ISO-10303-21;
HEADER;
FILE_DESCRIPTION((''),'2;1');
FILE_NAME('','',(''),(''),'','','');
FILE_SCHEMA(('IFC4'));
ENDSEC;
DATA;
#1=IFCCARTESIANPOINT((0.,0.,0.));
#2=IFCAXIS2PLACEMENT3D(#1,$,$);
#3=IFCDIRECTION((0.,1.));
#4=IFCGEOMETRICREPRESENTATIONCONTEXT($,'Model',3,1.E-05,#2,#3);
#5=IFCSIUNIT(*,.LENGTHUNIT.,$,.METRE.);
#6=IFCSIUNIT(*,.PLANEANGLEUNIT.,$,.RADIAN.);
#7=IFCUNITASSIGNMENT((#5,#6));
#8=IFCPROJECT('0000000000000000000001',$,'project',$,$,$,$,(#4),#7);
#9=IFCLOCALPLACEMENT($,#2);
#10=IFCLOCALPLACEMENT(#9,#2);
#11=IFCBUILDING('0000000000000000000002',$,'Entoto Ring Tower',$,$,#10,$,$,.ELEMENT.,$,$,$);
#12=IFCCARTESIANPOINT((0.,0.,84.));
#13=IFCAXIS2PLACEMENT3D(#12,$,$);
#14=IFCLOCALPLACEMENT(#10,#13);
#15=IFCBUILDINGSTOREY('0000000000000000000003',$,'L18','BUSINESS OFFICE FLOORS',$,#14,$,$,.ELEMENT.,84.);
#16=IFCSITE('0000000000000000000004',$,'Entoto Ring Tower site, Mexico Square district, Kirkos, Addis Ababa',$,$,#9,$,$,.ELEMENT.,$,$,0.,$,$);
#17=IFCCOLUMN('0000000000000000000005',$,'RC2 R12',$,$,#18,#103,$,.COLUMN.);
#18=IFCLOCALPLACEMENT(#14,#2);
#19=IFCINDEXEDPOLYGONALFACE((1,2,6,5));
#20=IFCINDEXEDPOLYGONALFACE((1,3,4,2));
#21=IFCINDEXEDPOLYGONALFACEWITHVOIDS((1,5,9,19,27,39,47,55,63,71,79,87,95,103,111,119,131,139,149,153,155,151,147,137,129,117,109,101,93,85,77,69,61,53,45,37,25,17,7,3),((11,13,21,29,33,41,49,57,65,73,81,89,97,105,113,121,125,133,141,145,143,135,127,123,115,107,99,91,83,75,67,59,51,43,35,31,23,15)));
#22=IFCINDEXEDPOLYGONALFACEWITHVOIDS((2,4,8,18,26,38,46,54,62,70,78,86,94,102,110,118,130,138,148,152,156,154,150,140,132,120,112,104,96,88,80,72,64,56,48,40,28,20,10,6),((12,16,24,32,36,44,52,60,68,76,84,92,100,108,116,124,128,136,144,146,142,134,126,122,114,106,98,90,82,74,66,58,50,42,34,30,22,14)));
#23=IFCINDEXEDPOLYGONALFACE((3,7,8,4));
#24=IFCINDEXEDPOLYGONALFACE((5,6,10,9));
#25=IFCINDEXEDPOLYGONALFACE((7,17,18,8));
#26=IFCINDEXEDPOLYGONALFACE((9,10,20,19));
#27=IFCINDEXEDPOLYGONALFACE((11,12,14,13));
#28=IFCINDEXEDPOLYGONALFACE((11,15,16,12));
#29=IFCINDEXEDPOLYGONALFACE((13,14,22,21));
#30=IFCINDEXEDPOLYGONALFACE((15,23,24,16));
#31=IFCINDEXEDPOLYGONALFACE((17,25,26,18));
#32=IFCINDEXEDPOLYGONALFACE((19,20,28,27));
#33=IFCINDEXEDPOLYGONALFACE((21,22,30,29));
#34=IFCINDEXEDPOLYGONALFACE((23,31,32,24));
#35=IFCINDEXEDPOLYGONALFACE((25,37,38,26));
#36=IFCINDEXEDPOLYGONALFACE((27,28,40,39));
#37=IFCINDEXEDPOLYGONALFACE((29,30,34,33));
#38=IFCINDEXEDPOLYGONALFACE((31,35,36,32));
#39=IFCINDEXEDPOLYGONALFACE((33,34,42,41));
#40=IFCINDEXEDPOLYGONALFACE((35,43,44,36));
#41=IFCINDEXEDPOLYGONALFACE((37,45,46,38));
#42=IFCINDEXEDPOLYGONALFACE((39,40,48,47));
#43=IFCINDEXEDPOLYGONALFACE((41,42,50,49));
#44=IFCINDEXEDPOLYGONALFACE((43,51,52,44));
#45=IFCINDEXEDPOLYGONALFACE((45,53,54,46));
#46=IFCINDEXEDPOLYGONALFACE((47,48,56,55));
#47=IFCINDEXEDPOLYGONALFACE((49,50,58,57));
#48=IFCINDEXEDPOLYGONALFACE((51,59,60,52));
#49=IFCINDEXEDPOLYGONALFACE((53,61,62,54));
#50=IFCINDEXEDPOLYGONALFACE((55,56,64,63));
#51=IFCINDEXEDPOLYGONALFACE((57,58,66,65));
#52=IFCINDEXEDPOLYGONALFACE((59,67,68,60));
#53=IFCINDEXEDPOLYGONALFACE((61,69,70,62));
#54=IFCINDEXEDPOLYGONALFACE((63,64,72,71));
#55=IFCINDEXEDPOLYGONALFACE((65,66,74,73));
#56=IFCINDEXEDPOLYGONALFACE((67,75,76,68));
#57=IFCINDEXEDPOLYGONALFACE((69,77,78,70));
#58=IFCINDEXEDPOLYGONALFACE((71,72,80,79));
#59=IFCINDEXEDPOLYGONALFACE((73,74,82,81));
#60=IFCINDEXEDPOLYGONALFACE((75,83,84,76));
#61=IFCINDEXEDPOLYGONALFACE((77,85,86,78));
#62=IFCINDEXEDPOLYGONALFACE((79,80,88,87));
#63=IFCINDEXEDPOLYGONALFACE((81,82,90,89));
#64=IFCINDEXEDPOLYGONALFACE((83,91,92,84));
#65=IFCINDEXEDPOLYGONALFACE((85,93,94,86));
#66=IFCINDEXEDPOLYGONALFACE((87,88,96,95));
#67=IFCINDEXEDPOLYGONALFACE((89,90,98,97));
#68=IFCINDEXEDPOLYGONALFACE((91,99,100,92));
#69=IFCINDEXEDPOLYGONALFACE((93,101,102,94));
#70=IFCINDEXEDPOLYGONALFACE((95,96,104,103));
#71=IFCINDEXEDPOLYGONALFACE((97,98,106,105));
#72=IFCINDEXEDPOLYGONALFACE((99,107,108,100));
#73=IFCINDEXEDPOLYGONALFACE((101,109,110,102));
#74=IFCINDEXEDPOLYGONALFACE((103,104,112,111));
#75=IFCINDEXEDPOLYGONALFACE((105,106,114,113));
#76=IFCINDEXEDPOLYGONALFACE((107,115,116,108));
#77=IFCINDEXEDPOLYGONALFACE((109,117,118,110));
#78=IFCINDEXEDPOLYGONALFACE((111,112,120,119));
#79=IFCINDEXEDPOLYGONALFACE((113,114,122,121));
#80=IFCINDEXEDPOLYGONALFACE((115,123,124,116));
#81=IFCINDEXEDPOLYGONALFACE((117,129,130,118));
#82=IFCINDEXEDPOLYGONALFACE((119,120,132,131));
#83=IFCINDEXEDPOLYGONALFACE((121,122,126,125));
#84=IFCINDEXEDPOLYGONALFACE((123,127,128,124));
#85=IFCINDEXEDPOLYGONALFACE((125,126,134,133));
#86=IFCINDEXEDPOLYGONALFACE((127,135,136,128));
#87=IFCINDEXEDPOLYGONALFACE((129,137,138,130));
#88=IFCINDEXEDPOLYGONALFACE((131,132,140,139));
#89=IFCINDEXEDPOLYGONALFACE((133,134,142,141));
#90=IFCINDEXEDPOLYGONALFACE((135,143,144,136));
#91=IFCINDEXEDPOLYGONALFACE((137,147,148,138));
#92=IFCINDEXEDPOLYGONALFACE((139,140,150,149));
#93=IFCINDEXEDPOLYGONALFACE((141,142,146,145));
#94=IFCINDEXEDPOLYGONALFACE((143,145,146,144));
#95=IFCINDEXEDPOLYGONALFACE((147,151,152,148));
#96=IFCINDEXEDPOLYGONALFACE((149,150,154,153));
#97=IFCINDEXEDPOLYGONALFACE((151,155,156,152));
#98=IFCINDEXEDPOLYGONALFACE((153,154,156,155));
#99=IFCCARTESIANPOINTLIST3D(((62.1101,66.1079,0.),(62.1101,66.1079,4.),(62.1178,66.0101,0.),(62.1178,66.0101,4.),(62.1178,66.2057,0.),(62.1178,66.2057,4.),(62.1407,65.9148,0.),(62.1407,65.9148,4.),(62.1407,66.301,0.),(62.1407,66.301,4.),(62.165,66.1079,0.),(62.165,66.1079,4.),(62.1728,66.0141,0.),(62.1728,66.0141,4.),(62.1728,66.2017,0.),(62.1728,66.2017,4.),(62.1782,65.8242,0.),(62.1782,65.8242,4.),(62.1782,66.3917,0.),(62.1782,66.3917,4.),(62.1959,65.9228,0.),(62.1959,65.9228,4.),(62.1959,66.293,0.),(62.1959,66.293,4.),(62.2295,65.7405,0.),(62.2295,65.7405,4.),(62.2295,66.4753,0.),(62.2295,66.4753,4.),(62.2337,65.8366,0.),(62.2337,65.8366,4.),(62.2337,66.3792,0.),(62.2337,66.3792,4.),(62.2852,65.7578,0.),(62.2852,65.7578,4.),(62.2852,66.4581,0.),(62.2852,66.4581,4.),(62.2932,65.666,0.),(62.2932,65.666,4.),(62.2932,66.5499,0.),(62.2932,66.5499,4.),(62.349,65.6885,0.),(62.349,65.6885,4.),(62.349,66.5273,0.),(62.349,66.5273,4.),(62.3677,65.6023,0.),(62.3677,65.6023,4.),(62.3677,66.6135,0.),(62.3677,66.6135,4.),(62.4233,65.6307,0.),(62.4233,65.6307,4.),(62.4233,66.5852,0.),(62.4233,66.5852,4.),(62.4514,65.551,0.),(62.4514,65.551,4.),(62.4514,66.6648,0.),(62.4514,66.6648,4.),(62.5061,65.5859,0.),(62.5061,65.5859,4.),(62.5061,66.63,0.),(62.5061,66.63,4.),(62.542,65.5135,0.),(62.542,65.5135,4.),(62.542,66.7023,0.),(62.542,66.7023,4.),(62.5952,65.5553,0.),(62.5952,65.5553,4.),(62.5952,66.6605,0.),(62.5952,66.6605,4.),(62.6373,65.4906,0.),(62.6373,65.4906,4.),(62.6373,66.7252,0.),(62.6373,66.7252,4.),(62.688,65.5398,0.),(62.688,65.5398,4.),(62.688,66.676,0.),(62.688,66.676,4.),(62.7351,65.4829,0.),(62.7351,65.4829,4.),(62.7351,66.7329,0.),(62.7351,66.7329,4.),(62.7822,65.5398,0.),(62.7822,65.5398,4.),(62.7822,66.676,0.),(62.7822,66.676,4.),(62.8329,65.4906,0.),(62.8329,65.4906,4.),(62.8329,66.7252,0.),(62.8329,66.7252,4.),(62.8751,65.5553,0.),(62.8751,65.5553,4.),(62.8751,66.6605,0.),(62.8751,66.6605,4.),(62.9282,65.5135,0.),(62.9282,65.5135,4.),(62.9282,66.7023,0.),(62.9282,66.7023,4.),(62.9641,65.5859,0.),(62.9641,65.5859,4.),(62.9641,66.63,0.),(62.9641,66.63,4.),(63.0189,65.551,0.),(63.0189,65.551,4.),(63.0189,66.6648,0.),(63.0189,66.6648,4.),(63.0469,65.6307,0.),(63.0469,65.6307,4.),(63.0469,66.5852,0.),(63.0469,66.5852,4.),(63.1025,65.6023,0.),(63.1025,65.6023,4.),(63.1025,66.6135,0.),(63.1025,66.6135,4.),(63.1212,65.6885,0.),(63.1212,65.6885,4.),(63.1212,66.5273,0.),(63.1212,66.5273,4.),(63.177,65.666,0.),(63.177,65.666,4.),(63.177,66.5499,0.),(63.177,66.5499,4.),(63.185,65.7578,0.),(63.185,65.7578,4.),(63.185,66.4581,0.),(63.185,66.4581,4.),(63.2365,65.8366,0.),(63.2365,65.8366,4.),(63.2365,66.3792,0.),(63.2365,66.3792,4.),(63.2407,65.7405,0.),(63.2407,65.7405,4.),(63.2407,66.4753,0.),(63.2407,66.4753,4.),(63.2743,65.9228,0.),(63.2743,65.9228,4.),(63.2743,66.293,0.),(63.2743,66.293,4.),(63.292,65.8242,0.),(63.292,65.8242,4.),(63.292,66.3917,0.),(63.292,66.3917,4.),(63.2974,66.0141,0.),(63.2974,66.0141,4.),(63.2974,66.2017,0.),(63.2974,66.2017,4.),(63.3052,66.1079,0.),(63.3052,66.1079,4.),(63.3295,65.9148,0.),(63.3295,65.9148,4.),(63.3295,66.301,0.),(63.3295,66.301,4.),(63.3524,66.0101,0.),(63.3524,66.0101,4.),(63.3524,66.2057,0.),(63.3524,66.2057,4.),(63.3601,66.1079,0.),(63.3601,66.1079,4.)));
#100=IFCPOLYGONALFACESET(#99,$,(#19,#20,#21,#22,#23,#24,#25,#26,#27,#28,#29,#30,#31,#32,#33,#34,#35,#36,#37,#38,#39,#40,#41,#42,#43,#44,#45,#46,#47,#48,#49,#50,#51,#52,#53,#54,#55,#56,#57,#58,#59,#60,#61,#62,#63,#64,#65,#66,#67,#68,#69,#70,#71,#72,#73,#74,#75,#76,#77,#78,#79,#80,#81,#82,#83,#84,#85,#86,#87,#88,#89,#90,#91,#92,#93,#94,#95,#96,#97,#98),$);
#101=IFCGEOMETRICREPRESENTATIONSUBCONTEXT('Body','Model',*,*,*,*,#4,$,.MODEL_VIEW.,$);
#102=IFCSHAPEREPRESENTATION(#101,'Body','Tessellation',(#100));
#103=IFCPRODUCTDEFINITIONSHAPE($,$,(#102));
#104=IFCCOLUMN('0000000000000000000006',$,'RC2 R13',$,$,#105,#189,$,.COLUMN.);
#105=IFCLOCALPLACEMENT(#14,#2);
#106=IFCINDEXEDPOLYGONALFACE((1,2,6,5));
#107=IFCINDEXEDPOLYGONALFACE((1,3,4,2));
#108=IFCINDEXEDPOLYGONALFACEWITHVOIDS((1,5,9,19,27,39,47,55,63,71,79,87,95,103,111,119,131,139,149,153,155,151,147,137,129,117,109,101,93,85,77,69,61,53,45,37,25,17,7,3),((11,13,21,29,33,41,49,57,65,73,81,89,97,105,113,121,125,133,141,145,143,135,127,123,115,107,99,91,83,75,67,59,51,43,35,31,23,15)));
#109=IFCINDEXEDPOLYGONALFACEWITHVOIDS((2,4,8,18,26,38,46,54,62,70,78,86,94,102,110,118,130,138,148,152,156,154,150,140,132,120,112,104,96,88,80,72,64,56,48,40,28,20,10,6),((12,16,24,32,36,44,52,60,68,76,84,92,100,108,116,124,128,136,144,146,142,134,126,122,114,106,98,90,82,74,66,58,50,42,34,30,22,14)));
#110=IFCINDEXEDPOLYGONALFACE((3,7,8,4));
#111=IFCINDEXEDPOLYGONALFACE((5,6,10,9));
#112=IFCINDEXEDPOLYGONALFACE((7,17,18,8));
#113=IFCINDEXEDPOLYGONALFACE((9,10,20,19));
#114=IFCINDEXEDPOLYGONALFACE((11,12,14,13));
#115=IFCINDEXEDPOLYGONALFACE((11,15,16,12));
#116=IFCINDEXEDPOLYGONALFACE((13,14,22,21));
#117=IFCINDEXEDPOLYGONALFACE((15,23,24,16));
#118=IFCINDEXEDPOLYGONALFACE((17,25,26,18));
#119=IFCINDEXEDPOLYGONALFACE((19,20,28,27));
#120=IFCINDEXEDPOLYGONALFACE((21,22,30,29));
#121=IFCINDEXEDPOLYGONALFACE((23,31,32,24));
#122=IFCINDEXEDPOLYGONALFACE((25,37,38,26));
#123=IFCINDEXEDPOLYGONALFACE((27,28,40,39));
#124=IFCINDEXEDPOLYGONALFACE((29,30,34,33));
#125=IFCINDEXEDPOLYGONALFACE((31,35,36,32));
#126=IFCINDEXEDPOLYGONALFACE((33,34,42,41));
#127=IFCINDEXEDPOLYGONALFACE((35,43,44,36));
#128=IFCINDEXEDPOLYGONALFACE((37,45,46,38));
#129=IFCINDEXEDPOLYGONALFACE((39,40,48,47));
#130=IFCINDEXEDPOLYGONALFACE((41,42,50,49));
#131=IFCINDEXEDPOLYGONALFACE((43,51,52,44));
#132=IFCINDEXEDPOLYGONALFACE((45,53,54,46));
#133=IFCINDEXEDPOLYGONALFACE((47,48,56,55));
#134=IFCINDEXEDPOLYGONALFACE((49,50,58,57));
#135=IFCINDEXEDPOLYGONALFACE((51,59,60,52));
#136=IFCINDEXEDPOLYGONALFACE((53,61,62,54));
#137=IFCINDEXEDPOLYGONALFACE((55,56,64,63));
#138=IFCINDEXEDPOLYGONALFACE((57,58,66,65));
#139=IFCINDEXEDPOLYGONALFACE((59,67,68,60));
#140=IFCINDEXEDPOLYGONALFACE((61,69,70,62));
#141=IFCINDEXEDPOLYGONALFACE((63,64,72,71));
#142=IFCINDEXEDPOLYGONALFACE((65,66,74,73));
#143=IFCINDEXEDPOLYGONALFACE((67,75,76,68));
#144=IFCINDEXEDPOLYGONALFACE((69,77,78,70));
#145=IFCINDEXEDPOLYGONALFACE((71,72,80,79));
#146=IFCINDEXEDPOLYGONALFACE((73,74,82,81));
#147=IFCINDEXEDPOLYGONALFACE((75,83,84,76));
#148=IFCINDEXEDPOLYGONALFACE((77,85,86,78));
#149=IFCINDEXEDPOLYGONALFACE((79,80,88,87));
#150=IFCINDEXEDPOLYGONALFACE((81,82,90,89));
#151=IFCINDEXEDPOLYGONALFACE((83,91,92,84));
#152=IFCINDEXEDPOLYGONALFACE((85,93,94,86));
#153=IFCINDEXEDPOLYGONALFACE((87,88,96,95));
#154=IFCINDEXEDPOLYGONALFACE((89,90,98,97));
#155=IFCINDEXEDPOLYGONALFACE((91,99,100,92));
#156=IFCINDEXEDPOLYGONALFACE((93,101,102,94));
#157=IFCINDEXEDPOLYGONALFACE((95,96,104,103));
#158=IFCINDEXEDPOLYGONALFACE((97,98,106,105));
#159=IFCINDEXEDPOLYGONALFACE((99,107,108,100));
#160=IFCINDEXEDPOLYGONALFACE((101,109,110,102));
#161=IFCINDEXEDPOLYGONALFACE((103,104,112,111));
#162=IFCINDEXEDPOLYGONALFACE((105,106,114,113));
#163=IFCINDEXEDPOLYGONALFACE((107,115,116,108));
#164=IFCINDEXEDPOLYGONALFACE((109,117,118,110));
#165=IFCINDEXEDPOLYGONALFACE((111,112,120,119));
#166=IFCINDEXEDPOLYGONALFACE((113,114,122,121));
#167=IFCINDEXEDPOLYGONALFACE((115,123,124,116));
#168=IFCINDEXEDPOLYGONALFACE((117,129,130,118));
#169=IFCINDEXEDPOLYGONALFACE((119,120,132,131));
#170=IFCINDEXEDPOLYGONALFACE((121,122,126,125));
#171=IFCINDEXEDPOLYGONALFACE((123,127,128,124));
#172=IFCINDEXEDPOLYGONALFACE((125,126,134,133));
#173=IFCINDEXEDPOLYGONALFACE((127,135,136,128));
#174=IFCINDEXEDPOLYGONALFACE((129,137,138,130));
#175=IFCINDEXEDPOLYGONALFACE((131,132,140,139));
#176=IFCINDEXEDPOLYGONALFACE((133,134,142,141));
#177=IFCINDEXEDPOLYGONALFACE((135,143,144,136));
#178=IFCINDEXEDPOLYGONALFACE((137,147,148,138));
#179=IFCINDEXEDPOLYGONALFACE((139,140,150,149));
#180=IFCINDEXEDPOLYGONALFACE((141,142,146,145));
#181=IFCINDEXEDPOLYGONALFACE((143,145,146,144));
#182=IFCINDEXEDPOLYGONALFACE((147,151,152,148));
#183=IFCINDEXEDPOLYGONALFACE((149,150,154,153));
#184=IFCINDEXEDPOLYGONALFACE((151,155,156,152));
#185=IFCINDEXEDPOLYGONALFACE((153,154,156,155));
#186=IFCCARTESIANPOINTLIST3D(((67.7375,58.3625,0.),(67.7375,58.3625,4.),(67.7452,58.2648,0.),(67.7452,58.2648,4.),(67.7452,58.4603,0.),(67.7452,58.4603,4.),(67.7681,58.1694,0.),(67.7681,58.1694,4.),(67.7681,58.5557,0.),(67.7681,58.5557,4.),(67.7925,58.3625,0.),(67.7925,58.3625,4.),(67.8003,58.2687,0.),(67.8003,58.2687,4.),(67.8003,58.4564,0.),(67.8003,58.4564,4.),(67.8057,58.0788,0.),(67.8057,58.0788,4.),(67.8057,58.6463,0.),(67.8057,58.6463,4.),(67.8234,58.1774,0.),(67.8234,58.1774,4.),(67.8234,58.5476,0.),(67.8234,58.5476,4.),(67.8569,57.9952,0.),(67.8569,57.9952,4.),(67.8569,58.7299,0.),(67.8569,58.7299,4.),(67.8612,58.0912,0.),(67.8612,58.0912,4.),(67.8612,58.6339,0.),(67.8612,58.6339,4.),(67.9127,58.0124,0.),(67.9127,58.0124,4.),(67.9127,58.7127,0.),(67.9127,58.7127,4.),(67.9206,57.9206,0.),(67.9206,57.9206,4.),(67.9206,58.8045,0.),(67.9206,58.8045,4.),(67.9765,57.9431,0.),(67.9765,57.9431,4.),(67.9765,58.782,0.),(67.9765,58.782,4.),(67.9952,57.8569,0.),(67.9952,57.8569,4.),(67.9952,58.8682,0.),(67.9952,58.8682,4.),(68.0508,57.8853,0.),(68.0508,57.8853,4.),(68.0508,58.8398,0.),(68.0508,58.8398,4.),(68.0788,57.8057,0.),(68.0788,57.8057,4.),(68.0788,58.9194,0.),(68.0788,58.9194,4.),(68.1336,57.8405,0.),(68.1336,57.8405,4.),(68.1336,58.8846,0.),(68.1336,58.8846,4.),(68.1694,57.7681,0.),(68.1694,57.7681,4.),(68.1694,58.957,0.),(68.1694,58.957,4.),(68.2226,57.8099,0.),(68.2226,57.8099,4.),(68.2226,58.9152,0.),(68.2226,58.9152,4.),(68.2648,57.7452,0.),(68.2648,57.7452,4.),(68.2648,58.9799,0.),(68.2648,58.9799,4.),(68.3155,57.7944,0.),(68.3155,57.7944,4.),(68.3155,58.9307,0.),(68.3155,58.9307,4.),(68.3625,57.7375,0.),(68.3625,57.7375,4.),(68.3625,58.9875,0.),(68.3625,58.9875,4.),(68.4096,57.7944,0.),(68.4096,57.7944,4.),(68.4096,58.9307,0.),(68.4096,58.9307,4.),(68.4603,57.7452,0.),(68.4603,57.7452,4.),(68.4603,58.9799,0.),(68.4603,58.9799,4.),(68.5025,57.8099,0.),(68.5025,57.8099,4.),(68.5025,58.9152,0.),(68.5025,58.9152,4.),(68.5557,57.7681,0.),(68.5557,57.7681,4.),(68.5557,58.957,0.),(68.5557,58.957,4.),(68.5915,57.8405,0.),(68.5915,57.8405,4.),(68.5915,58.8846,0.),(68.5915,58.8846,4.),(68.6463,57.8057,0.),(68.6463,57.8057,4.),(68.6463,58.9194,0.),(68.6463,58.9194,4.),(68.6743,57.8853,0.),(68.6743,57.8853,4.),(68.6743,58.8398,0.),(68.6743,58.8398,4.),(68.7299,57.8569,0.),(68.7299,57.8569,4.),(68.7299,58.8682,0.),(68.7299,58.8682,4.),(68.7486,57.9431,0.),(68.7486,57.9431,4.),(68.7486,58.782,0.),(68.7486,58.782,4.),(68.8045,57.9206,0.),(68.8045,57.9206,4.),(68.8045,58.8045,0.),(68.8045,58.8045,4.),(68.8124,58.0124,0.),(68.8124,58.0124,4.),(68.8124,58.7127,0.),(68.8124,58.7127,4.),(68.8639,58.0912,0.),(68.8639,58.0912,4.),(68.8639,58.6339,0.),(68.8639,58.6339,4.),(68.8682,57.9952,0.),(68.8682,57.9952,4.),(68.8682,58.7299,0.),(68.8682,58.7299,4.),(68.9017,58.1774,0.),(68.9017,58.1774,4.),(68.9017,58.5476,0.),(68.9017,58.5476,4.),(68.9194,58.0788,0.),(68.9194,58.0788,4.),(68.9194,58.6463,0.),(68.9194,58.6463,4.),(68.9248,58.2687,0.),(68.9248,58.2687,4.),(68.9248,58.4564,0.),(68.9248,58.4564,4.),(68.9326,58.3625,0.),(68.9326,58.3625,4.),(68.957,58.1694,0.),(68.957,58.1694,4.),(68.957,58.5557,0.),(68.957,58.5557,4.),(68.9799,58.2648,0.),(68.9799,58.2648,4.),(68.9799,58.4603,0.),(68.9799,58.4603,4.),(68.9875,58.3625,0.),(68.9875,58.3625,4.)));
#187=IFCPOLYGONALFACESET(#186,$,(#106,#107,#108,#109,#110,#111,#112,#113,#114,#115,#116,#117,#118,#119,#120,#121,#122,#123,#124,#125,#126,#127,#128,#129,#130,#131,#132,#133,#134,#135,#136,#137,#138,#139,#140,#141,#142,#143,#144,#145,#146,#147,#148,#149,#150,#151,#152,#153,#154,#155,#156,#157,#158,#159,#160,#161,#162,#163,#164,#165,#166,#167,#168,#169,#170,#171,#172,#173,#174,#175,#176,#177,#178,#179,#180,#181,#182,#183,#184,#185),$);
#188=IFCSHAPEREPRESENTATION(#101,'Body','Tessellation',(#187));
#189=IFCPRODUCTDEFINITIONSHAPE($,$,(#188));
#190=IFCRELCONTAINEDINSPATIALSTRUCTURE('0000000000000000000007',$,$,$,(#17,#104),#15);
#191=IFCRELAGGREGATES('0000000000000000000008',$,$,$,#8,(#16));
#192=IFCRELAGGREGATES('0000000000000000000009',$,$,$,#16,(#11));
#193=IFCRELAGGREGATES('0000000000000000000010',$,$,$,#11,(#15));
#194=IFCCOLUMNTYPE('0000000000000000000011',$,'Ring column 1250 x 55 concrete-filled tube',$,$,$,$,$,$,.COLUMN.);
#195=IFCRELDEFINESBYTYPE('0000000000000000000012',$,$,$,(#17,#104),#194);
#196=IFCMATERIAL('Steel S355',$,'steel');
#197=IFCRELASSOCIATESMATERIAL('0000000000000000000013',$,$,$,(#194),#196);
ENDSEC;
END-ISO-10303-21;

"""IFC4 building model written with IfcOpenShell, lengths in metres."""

from ifc_helpers import new_model, si_unit, direction, frame, origin, origin_2d, place, context, subcontext, project, spatial, circle, hollow_circle, extrude, material, material_profile, profile_set, type_object, element, save


model = new_model("IFC4")

# Units and contexts
model_context = context("Model", 3, precision=1e-05, world=origin(), true_north=direction((0.0, 1.0)))
body_context = subcontext(model_context, "Body", "Model", "MODEL_VIEW")
ifc_project = project(units=[si_unit("LENGTHUNIT", "METRE"), si_unit("PLANEANGLEUNIT", "RADIAN")], contexts=[model_context])

# Site, building, storey
site_placement = place(None, origin())
site = spatial("IfcSite", under=ifc_project, at=site_placement, Name="Entoto Ring Tower site, Mexico Square district, Kirkos, Addis Ababa", CompositionType="ELEMENT", RefElevation=0.0)
building_placement = place(site_placement, origin())
building = spatial("IfcBuilding", under=site, at=building_placement, Name="Entoto Ring Tower", CompositionType="ELEMENT")
storey_placement = place(building_placement, frame((0.0, 0.0, 84.0)))
storey = spatial("IfcBuildingStorey", under=building, at=storey_placement, Name="L18", Description="BUSINESS OFFICE FLOORS", CompositionType="ELEMENT", Elevation=84.0)

# Columns
ifc_material_1 = material(Name="Steel S355", Category="steel")
ifc_material_profile_1 = material_profile(ifc_material_1, hollow_circle(Radius=0.625, WallThickness=0.0549, at=origin_2d()), Name="CHS 1250 x 55")
ifc_material_2 = material(Name="Concrete C60/75", Category="concrete")
ifc_material_profile_2 = material_profile(ifc_material_2, circle(Radius=0.5701, at=origin_2d()), Name="Concrete C60/75 infill")
ifc_profile_set_1 = profile_set([ifc_material_profile_1, ifc_material_profile_2], Name="Steel S355")
column_type = type_object("IfcColumnType", Name="Ring column 1250 x 55 concrete-filled tube", PredefinedType="COLUMN", material=ifc_profile_set_1)
for number, where, z_axis, x_axis, name in (
    (1, (62.7351, 66.1079, 0.0), (0.0, 0.0, 1.0), (1.0, 0.0, 0.0), "RC2 R12"),
    (2, (68.3625, 58.3625, 0.0), (0.0, 0.0, 1.0), (1.0, 0.0, 0.0), "RC2 R13"),
):
    element("IfcColumn", number, at=place(storey_placement, frame(where, z_axis=z_axis, x_axis=x_axis)), inside=storey, type_object=column_type, Name=name, PredefinedType="COLUMN", context=body_context, shape_type="SweptSolid", body=[
        extrude(hollow_circle(Radius=0.625, WallThickness=0.0549, at=origin_2d()), origin(), (0.0, 0.0, 1.0), 4.0),
    ])

save(model, "model.ifc")
